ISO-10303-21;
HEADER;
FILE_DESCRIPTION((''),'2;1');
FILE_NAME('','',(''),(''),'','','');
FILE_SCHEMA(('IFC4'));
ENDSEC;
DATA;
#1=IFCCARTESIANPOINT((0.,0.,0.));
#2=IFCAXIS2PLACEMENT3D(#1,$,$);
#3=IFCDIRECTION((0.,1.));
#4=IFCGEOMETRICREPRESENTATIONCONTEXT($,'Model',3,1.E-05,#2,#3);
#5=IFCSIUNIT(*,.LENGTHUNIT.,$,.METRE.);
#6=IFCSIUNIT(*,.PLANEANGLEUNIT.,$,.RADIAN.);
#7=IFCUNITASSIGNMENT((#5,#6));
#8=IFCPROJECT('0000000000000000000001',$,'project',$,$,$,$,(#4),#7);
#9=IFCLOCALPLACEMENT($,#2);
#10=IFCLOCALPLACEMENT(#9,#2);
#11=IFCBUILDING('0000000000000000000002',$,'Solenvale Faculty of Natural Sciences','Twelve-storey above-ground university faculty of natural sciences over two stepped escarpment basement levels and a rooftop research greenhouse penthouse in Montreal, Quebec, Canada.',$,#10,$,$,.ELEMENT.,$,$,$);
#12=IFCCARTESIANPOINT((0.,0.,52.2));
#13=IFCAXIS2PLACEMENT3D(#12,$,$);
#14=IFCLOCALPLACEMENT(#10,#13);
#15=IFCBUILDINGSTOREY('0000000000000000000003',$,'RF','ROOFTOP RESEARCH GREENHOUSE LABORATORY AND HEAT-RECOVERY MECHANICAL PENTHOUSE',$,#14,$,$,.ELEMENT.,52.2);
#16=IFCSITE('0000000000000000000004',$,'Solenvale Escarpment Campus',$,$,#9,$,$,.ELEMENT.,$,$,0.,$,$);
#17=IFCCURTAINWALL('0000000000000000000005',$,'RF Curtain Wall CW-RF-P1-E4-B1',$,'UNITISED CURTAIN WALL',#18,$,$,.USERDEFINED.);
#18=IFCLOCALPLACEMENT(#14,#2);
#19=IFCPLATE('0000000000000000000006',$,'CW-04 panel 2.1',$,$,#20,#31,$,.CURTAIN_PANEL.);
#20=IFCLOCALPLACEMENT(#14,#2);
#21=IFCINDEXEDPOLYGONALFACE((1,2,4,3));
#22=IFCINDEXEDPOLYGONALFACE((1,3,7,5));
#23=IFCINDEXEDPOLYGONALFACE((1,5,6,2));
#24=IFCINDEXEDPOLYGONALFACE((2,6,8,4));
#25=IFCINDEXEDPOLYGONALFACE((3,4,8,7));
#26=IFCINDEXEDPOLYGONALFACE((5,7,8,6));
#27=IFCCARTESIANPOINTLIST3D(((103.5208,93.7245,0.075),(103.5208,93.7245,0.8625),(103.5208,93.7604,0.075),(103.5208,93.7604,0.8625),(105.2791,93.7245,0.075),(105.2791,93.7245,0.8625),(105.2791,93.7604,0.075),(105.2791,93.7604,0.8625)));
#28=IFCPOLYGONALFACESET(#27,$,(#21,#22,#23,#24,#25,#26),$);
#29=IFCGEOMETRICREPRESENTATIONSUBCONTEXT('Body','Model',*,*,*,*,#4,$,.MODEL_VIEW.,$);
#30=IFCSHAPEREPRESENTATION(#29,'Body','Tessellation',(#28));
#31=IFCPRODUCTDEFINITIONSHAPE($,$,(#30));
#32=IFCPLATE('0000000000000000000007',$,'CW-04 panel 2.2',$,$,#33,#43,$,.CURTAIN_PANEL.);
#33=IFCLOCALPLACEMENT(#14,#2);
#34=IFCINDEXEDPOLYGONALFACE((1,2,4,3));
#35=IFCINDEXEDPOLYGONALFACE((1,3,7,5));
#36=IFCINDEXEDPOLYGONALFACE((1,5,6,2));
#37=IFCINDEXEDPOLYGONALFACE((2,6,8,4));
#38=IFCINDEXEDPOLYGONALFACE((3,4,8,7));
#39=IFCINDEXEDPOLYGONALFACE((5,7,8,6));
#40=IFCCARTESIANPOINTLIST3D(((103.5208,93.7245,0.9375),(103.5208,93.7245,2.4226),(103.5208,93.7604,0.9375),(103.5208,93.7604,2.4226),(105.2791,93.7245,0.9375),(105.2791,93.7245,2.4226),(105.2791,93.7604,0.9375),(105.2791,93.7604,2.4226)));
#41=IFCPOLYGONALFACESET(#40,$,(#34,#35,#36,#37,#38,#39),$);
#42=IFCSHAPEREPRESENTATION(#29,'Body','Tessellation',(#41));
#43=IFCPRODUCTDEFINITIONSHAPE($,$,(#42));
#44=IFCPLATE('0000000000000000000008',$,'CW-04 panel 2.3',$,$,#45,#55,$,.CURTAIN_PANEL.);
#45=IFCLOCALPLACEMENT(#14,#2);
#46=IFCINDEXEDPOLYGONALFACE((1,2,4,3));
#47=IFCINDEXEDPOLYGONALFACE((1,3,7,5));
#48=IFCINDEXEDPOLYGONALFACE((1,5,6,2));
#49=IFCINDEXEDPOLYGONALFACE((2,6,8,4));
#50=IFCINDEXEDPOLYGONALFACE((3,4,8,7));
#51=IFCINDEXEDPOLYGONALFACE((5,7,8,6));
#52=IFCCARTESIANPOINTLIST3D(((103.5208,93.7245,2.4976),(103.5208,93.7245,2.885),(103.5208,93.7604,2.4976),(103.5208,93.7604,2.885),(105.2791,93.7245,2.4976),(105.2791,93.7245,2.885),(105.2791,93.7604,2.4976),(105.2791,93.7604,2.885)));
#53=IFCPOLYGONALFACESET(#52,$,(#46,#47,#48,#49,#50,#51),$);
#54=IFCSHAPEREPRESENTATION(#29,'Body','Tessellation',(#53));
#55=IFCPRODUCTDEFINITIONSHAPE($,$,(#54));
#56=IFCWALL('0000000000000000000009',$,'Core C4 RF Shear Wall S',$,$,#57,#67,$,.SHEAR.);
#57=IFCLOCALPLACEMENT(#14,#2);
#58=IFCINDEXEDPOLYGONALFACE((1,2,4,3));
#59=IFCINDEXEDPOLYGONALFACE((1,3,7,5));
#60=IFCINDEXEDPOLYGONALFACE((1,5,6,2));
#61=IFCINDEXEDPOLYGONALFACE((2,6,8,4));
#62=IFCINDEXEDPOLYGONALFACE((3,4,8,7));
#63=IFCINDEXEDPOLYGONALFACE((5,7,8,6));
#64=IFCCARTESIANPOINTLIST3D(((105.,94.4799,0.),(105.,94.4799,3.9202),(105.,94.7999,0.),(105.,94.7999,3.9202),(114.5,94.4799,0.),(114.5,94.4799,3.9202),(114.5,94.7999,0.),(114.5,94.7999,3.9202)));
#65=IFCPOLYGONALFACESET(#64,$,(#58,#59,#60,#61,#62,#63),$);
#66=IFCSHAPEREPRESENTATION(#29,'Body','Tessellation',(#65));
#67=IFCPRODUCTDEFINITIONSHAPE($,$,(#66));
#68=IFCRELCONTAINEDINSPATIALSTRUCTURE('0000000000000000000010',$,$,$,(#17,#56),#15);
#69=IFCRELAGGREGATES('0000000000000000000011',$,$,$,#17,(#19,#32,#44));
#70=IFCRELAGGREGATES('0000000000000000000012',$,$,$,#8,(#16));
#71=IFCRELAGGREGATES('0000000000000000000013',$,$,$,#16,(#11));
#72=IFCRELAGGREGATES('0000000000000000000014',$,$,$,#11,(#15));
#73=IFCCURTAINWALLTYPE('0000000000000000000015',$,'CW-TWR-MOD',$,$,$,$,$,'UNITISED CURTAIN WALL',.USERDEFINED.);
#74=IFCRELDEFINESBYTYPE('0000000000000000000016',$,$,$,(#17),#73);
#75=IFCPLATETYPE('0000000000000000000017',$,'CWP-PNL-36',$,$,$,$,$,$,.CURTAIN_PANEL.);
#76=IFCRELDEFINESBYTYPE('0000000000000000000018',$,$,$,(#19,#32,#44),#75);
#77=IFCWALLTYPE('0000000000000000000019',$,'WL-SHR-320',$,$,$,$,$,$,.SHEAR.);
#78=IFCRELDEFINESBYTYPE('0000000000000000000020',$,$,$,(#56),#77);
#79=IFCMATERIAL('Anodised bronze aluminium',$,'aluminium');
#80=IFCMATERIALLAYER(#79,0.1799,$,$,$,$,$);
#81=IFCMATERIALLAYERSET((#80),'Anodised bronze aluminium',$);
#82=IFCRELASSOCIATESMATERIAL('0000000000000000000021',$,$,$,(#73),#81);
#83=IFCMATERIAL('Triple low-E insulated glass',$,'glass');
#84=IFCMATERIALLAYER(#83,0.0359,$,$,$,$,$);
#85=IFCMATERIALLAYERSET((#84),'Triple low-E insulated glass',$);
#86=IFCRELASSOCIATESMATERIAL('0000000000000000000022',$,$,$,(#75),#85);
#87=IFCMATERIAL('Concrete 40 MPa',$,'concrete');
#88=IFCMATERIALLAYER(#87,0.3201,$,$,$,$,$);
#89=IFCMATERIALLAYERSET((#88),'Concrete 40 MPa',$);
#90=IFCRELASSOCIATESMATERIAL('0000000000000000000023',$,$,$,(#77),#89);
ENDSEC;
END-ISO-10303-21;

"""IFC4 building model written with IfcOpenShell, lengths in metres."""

from ifc_helpers import new_model, si_unit, direction, frame, frame_2d, origin, origin_2d, place, context, subcontext, project, spatial, rectangle, extrude, material, layer, layer_set, type_object, element, aggregate, save


model = new_model("IFC4")

# Units and contexts
model_context = context("Model", 3, precision=1e-05, world=origin(), true_north=direction((0.0, 1.0)))
body_context = subcontext(model_context, "Body", "Model", "MODEL_VIEW")
ifc_project = project(units=[si_unit("LENGTHUNIT", "METRE"), si_unit("PLANEANGLEUNIT", "RADIAN")], contexts=[model_context])

# Site, building, storey
site_placement = place(None, origin())
site = spatial("IfcSite", under=ifc_project, at=site_placement, Name="Solenvale Escarpment Campus", CompositionType="ELEMENT", RefElevation=0.0)
building_placement = place(site_placement, origin())
building = spatial("IfcBuilding", under=site, at=building_placement, Name="Solenvale Faculty of Natural Sciences", Description="Twelve-storey above-ground university faculty of natural sciences over two stepped escarpment basement levels and a rooftop research greenhouse penthouse in Montreal, Quebec, Canada.", CompositionType="ELEMENT")
storey_placement = place(building_placement, frame((0.0, 0.0, 52.2)))
storey = spatial("IfcBuildingStorey", under=building, at=storey_placement, Name="RF", Description="ROOFTOP RESEARCH GREENHOUSE LABORATORY AND HEAT-RECOVERY MECHANICAL PENTHOUSE", CompositionType="ELEMENT", Elevation=52.2)

# Shared definitions
ifc_material_1 = material(Name="Concrete 40 MPa", Category="concrete")

# Curtain wall, plates
ifc_material_2 = material(Name="Anodised bronze aluminium", Category="aluminium")
ifc_layer_1 = layer(ifc_material_2, 0.1799)
ifc_layer_set_1 = layer_set([ifc_layer_1], Name="Anodised bronze aluminium")
curtain_wall_type = type_object("IfcCurtainWallType", Name="CW-TWR-MOD", ElementType="UNITISED CURTAIN WALL", PredefinedType="USERDEFINED", material=ifc_layer_set_1)
curtain_wall_placement = place(storey_placement, origin())
curtain_wall = element("IfcCurtainWall", 1, at=curtain_wall_placement, inside=storey, type_object=curtain_wall_type, Name="RF Curtain Wall CW-RF-P1-E4-B1", ObjectType="UNITISED CURTAIN WALL", PredefinedType="USERDEFINED")
ifc_material_3 = material(Name="Triple low-E insulated glass", Category="glass")
ifc_layer_2 = layer(ifc_material_3, 0.0359)
ifc_layer_set_2 = layer_set([ifc_layer_2], Name="Triple low-E insulated glass")
plate_type = type_object("IfcPlateType", Name="CWP-PNL-36", PredefinedType="CURTAIN_PANEL", material=ifc_layer_set_2)
plate_1_placement = place(storey_placement, frame((104.3999, 93.7424, 0.075), z_axis=(0.0, 0.0, 1.0), x_axis=(1.0, 0.0, 0.0)))
plate_1 = element("IfcPlate", 2, at=plate_1_placement, type_object=plate_type, Name="CW-04 panel 2.1", PredefinedType="CURTAIN_PANEL", context=body_context, shape_type="SweptSolid", body=[
    extrude(rectangle(XDim=1.7583, YDim=0.0359, at=origin_2d()), origin(), (0.0, 0.0, 1.0), 0.7876),
])
plate_2_placement = place(storey_placement, frame((104.3999, 93.7424, 0.9375), z_axis=(0.0, 0.0, 1.0), x_axis=(1.0, 0.0, 0.0)))
plate_2 = element("IfcPlate", 3, at=plate_2_placement, type_object=plate_type, Name="CW-04 panel 2.2", PredefinedType="CURTAIN_PANEL", context=body_context, shape_type="SweptSolid", body=[
    extrude(rectangle(XDim=1.7583, YDim=0.0359, at=origin_2d()), origin(), (0.0, 0.0, 1.0), 1.4851),
])
plate_3_placement = place(storey_placement, frame((104.3999, 93.7424, 2.4976), z_axis=(0.0, 0.0, 1.0), x_axis=(1.0, 0.0, 0.0)))
plate_3 = element("IfcPlate", 4, at=plate_3_placement, type_object=plate_type, Name="CW-04 panel 2.3", PredefinedType="CURTAIN_PANEL", context=body_context, shape_type="SweptSolid", body=[
    extrude(rectangle(XDim=1.7583, YDim=0.0359, at=origin_2d()), origin(), (0.0, 0.0, 1.0), 0.3875),
])
aggregate(curtain_wall, [plate_1, plate_2, plate_3])

# Wall
ifc_layer_3 = layer(ifc_material_1, 0.3201)
ifc_layer_set_3 = layer_set([ifc_layer_3], Name="Concrete 40 MPa")
wall_type = type_object("IfcWallType", Name="WL-SHR-320", PredefinedType="SHEAR", material=ifc_layer_set_3)
wall_1_placement = place(storey_placement, frame((105.0, 94.6399, 0.0), z_axis=(0.0, 0.0, 1.0), x_axis=(1.0, 0.0, 0.0)))
element("IfcWall", 5, at=wall_1_placement, inside=storey, type_object=wall_type, Name="Core C4 RF Shear Wall S", PredefinedType="SHEAR", context=body_context, shape_type="SweptSolid", body=[
    extrude(rectangle(XDim=9.5, YDim=0.3201, at=frame_2d((4.75, 0.0))), origin(), (0.0, 0.0, 1.0), 3.9202),
])

save(model, "model.ifc")
